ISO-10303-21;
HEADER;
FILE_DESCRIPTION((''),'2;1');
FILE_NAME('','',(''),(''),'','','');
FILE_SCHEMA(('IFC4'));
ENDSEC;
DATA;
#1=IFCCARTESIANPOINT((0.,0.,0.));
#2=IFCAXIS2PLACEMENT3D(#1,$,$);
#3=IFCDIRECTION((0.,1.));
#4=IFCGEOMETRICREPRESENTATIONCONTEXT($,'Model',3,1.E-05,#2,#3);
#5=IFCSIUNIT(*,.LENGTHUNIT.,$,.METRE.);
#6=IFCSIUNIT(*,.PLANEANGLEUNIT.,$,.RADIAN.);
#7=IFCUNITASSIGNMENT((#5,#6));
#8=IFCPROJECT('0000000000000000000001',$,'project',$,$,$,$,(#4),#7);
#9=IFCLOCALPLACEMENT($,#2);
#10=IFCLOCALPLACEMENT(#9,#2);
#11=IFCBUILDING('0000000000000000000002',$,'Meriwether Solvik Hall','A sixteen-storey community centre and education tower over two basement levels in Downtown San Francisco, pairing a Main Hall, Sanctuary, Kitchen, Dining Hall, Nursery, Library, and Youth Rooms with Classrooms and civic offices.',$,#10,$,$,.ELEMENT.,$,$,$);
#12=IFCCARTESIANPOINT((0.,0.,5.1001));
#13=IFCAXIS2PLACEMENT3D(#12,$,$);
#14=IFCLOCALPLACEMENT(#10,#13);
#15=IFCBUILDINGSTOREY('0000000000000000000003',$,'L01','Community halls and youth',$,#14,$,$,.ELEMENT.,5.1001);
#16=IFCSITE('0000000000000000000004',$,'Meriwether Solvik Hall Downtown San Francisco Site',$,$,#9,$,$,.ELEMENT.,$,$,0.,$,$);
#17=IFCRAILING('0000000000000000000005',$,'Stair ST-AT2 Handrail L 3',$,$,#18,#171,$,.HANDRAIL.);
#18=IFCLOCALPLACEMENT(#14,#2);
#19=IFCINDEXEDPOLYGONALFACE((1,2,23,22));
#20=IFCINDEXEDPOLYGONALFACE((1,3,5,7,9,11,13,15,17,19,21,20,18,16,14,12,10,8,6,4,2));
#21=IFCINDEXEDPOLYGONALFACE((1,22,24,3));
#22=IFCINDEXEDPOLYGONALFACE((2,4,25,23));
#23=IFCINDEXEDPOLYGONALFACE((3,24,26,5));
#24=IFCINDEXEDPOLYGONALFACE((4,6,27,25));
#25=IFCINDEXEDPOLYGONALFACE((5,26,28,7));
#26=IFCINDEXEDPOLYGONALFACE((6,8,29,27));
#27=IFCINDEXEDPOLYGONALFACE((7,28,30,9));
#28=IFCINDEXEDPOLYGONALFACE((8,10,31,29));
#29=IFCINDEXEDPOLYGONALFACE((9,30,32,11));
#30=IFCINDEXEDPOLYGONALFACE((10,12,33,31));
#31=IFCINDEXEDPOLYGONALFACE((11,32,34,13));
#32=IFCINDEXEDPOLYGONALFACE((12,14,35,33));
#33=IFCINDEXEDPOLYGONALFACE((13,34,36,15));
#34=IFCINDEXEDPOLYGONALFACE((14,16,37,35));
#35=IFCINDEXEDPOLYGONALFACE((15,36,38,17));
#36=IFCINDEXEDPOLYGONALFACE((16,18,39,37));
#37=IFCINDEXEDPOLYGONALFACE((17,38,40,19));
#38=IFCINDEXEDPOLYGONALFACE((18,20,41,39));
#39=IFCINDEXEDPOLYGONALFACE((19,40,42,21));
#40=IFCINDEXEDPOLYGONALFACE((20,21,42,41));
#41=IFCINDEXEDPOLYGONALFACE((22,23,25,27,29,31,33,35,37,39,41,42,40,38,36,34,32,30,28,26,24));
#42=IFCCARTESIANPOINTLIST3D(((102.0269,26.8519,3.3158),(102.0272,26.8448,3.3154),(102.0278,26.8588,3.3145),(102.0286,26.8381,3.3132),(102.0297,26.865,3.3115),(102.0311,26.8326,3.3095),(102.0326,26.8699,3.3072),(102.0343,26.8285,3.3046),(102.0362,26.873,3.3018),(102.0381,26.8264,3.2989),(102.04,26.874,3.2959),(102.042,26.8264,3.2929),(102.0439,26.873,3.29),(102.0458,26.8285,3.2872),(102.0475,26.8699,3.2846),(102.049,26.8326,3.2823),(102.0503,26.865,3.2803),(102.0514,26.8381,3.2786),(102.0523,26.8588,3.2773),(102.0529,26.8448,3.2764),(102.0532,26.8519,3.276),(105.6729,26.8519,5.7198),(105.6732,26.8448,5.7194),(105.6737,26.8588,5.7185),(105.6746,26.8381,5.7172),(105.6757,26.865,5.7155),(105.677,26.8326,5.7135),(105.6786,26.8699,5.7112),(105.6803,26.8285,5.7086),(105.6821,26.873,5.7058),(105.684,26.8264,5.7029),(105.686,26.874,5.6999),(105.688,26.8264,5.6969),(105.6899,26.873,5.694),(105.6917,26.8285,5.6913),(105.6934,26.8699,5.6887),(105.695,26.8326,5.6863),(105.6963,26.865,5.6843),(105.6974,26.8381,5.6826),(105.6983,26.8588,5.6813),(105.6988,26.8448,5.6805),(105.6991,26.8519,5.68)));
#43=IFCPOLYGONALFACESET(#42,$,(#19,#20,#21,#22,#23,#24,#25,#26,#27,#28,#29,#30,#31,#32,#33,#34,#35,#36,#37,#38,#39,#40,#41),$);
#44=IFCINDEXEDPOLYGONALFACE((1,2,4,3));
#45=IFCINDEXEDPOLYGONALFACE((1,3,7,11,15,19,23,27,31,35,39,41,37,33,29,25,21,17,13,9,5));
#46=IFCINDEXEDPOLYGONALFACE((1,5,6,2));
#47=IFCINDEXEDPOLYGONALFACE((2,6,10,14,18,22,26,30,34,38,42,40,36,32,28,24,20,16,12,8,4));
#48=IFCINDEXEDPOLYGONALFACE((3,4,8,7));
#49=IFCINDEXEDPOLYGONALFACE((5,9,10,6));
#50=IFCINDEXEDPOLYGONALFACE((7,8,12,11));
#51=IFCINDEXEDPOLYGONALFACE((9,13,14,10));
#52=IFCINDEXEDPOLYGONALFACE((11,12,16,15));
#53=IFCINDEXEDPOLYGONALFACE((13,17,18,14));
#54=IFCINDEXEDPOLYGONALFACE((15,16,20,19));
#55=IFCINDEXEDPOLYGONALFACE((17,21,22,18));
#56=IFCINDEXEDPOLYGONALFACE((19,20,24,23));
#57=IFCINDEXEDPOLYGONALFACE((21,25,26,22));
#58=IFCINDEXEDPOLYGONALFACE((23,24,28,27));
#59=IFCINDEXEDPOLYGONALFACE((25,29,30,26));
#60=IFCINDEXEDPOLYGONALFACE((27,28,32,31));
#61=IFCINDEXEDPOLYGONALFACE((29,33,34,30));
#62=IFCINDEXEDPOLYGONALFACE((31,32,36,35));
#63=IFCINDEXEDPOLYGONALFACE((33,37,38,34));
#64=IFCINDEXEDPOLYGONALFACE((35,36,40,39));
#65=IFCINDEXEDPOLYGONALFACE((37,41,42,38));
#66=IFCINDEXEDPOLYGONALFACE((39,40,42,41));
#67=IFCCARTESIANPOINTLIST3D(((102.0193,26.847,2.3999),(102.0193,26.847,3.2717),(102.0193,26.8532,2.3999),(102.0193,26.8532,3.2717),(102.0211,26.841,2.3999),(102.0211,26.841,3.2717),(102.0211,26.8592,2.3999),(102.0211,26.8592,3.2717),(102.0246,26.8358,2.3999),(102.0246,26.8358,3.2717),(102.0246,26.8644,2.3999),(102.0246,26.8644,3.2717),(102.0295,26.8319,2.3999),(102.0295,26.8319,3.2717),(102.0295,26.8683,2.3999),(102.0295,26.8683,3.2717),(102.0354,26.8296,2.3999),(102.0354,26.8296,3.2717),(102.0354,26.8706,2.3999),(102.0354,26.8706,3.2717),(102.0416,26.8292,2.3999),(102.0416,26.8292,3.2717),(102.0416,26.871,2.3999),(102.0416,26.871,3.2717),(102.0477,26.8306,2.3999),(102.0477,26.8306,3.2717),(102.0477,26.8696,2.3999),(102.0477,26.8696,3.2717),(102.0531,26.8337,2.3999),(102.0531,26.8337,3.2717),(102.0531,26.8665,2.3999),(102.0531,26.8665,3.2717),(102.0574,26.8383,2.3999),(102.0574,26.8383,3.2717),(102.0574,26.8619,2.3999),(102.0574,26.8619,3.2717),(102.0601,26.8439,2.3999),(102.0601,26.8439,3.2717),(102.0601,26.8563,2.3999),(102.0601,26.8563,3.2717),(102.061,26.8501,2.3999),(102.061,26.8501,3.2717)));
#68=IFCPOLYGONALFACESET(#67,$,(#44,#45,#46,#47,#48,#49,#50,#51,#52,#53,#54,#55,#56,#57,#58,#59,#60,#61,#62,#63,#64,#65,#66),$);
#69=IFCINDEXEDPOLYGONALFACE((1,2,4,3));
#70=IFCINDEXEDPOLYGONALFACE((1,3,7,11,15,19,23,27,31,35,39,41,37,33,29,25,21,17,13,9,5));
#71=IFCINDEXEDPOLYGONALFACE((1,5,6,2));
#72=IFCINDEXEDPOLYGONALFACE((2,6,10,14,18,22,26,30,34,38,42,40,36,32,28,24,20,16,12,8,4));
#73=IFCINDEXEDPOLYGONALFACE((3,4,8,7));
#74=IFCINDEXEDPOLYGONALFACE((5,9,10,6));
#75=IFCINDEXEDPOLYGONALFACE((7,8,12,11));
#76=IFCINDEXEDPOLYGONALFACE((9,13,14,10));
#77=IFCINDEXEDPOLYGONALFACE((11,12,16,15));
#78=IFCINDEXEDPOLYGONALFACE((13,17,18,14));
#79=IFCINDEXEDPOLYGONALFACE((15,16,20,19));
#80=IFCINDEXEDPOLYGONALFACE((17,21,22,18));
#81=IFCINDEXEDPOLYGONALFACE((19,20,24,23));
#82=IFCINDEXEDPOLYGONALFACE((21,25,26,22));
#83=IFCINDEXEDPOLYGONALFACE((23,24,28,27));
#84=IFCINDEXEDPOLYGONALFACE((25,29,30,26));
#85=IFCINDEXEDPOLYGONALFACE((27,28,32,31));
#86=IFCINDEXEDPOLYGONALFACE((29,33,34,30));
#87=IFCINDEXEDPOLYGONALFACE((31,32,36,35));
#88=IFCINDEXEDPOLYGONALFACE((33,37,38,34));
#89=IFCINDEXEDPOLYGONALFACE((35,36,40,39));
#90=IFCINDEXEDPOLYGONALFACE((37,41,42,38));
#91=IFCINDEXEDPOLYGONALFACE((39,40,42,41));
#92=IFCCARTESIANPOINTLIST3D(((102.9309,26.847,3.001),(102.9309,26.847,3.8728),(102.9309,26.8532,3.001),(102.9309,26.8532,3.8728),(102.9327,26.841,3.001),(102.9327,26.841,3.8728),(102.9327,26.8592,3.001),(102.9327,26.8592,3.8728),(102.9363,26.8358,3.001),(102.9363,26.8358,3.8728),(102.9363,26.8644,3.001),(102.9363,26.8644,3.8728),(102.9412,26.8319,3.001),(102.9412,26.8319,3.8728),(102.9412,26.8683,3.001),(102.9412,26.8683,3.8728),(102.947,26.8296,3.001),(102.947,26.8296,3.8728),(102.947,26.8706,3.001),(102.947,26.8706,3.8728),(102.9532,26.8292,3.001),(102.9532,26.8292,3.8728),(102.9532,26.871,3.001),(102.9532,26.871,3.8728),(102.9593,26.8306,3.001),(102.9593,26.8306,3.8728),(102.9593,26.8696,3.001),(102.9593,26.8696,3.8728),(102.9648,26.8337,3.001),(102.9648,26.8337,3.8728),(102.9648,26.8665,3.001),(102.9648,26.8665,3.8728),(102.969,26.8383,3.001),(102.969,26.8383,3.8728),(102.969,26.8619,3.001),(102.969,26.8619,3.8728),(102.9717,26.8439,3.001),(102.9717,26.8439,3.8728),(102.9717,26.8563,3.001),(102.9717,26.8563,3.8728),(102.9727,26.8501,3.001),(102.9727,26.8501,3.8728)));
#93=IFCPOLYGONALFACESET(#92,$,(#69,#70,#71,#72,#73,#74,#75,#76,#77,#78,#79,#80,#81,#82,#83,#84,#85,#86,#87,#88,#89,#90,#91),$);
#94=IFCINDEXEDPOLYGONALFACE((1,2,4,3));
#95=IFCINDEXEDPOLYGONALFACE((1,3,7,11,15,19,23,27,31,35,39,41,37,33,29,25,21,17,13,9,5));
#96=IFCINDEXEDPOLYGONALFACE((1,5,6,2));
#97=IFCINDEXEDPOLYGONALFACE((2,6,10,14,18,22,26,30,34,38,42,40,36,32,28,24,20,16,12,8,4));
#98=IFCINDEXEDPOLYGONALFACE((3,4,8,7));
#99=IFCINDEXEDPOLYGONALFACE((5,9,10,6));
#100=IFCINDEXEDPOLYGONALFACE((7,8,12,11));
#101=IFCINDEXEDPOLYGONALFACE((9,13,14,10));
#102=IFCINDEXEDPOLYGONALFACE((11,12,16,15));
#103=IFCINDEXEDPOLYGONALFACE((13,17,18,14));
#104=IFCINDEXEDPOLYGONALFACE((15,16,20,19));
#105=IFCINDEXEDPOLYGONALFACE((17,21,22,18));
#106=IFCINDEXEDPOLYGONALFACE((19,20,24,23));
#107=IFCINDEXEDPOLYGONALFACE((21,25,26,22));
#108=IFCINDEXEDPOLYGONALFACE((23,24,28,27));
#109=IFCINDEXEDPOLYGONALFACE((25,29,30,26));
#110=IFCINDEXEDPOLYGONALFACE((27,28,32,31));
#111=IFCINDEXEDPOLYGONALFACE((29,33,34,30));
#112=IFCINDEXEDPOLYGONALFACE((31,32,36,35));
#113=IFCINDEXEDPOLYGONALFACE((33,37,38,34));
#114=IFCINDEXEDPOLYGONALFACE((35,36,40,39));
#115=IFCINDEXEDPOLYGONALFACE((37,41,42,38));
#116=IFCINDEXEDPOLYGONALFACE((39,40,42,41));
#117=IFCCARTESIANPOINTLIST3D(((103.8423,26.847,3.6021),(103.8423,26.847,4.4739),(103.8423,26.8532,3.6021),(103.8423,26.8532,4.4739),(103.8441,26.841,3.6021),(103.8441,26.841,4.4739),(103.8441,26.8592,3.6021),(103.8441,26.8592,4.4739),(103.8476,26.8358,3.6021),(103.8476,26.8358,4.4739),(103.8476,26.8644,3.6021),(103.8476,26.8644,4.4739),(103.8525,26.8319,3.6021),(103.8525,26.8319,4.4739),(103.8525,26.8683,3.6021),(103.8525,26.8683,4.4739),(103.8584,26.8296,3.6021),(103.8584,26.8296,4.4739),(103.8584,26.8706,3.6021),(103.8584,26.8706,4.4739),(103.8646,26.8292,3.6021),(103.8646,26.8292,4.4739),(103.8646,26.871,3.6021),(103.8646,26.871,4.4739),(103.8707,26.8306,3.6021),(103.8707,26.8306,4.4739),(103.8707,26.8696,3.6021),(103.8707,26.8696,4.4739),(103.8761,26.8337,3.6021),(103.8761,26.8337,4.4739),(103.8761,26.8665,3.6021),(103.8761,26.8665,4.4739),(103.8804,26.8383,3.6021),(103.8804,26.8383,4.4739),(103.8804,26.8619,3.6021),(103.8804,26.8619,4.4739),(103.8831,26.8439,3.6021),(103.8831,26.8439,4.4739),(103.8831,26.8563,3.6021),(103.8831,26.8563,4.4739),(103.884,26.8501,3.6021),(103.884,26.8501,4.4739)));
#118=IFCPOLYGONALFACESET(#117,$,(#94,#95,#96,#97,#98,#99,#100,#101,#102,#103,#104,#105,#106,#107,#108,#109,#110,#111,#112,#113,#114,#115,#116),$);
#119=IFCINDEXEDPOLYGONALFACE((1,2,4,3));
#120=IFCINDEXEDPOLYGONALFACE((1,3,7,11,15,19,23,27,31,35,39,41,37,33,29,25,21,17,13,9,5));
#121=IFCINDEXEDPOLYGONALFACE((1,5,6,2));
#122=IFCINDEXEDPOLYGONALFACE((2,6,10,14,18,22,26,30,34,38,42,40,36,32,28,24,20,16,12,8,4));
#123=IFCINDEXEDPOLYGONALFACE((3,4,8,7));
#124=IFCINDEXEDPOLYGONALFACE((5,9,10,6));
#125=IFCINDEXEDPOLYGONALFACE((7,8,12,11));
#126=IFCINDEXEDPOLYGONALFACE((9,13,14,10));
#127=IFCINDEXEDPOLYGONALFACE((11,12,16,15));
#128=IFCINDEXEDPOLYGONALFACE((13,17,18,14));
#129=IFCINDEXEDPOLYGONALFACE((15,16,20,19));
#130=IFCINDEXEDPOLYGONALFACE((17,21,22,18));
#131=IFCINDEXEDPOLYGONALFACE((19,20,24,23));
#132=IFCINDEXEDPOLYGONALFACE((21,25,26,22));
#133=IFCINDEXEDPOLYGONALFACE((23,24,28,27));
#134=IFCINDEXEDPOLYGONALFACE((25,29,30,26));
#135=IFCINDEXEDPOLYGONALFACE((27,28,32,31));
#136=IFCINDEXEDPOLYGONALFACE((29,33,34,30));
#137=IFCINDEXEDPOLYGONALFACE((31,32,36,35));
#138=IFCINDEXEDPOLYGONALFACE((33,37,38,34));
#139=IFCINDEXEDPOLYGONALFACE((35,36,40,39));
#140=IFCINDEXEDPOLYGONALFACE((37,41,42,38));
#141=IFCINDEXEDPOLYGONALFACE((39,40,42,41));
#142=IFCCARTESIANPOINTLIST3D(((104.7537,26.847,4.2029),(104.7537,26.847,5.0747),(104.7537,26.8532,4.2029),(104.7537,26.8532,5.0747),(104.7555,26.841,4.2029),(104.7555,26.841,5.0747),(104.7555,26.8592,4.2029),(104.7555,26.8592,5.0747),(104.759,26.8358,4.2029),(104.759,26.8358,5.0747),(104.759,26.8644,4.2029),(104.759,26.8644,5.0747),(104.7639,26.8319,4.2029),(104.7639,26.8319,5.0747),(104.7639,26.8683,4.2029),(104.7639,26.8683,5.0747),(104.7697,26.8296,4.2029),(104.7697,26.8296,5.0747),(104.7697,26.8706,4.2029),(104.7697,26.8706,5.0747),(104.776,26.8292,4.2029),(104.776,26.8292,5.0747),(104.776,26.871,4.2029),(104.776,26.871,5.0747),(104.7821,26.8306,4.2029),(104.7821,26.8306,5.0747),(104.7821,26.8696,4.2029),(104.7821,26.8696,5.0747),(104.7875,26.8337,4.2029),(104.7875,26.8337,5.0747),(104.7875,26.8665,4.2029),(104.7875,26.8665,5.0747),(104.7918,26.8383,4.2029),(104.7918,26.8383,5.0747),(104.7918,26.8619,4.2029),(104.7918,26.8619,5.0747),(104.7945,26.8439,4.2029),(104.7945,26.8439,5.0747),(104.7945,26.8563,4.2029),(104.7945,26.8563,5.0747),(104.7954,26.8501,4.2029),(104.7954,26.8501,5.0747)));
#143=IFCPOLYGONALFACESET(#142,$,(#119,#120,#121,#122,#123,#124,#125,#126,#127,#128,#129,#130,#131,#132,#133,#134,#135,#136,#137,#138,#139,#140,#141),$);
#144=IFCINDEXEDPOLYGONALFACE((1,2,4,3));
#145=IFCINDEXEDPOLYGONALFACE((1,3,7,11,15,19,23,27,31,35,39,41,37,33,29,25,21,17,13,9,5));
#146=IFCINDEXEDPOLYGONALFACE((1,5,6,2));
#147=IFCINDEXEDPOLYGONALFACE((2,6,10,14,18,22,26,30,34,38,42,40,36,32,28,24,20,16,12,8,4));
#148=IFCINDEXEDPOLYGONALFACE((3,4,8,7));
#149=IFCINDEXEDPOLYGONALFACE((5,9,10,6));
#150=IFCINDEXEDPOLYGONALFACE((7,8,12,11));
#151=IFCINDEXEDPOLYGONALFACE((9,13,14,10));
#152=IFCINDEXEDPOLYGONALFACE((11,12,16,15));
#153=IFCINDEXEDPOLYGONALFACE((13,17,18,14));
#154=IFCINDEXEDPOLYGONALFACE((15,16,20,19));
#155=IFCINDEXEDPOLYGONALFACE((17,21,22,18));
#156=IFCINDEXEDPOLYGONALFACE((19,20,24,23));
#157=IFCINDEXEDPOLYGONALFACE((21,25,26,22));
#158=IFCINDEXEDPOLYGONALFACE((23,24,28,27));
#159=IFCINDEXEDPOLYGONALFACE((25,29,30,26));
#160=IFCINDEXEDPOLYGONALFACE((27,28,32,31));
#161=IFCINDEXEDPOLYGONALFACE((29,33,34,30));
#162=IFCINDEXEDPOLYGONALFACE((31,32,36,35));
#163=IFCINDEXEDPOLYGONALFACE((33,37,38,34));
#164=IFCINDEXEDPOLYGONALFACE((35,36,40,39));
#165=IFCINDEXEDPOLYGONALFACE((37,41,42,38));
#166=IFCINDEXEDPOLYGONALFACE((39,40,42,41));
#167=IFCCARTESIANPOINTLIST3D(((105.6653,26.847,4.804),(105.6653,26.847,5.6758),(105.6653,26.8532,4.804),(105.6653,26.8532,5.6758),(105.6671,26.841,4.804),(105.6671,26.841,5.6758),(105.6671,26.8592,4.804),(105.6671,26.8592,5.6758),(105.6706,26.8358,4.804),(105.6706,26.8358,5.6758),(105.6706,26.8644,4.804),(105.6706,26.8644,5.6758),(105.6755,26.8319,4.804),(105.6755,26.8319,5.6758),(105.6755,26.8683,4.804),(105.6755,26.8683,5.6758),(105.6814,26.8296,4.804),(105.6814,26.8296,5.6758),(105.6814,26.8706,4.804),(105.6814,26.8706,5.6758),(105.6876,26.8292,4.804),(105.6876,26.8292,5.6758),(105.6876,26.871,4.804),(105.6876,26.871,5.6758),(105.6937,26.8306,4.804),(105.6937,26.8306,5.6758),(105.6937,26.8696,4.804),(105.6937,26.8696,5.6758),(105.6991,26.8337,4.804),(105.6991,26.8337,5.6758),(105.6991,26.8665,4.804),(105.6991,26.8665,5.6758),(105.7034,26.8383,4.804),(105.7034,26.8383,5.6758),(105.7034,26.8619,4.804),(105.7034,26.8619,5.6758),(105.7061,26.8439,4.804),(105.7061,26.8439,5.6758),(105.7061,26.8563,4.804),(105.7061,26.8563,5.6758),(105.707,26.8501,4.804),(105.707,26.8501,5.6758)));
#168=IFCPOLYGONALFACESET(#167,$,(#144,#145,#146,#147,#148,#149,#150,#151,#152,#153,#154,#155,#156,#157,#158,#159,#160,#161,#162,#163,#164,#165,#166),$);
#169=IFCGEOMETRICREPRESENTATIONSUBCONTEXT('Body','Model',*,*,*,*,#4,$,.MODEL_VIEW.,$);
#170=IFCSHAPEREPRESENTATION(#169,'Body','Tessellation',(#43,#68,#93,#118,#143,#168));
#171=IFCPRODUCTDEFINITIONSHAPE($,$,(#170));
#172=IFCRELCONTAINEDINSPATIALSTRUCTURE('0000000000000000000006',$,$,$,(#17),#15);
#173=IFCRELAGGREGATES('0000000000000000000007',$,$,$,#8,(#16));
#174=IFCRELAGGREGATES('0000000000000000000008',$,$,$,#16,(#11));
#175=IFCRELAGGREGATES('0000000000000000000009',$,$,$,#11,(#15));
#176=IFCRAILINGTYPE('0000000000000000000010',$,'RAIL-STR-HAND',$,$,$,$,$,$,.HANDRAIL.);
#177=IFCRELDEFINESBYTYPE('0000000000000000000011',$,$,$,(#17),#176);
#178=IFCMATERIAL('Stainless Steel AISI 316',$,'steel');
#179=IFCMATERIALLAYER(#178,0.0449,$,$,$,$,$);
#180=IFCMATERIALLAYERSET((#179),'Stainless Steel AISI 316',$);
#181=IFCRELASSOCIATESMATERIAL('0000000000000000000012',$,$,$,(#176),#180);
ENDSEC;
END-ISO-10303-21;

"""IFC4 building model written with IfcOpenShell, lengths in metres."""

from ifc_helpers import new_model, si_unit, direction, frame, origin, origin_2d, place, context, subcontext, project, spatial, circle, extrude, material, layer, layer_set, type_object, element, save


model = new_model("IFC4")

# Units and contexts
model_context = context("Model", 3, precision=1e-05, world=origin(), true_north=direction((0.0, 1.0)))
body_context = subcontext(model_context, "Body", "Model", "MODEL_VIEW")
ifc_project = project(units=[si_unit("LENGTHUNIT", "METRE"), si_unit("PLANEANGLEUNIT", "RADIAN")], contexts=[model_context])

# Site, building, storey
site_placement = place(None, origin())
site = spatial("IfcSite", under=ifc_project, at=site_placement, Name="Meriwether Solvik Hall Downtown San Francisco Site", CompositionType="ELEMENT", RefElevation=0.0)
building_placement = place(site_placement, origin())
building = spatial("IfcBuilding", under=site, at=building_placement, Name="Meriwether Solvik Hall", Description="A sixteen-storey community centre and education tower over two basement levels in Downtown San Francisco, pairing a Main Hall, Sanctuary, Kitchen, Dining Hall, Nursery, Library, and Youth Rooms with Classrooms and civic offices.", CompositionType="ELEMENT")
storey_placement = place(building_placement, frame((0.0, 0.0, 5.1001)))
storey = spatial("IfcBuildingStorey", under=building, at=storey_placement, Name="L01", Description="Community halls and youth", CompositionType="ELEMENT", Elevation=5.1001)

# Railing
ifc_material_1 = material(Name="Stainless Steel AISI 316", Category="steel")
ifc_layer_1 = layer(ifc_material_1, 0.0449)
ifc_layer_set_1 = layer_set([ifc_layer_1], Name="Stainless Steel AISI 316")
railing_type_1 = type_object("IfcRailingType", Name="RAIL-STR-HAND", PredefinedType="HANDRAIL", material=ifc_layer_set_1)
for number, where, name in (
    (1, (102.04, 26.8501, 2.3999), "Stair ST-AT2 Handrail L 3"),
):
    element("IfcRailing", number, at=place(storey_placement, frame(where)), inside=storey, type_object=railing_type_1, Name=name, PredefinedType="HANDRAIL", context=body_context, shape_type="SweptSolid", body=[
        extrude(circle(Radius=0.0239, at=origin_2d()), frame((0.0, 0.0, 0.896), z_axis=(0.834852, 0.0, 0.550475), x_axis=(0.0, 1.0, 0.0)), (0.0, 0.0, 1.0), 4.3672),
        extrude(circle(Radius=0.021, at=origin_2d()), origin(), (0.0, 0.0, 1.0), 0.8718),
        extrude(circle(Radius=0.021, at=origin_2d()), frame((0.9116, 0.0, 0.6011)), (0.0, 0.0, 1.0), 0.8718),
        extrude(circle(Radius=0.021, at=origin_2d()), frame((1.823, 0.0, 1.2021)), (0.0, 0.0, 1.0), 0.8718),
        extrude(circle(Radius=0.021, at=origin_2d()), frame((2.7344, 0.0, 1.803)), (0.0, 0.0, 1.0), 0.8718),
        extrude(circle(Radius=0.021, at=origin_2d()), frame((3.646, 0.0, 2.4041)), (0.0, 0.0, 1.0), 0.8718),
    ])

save(model, "model.ifc")
